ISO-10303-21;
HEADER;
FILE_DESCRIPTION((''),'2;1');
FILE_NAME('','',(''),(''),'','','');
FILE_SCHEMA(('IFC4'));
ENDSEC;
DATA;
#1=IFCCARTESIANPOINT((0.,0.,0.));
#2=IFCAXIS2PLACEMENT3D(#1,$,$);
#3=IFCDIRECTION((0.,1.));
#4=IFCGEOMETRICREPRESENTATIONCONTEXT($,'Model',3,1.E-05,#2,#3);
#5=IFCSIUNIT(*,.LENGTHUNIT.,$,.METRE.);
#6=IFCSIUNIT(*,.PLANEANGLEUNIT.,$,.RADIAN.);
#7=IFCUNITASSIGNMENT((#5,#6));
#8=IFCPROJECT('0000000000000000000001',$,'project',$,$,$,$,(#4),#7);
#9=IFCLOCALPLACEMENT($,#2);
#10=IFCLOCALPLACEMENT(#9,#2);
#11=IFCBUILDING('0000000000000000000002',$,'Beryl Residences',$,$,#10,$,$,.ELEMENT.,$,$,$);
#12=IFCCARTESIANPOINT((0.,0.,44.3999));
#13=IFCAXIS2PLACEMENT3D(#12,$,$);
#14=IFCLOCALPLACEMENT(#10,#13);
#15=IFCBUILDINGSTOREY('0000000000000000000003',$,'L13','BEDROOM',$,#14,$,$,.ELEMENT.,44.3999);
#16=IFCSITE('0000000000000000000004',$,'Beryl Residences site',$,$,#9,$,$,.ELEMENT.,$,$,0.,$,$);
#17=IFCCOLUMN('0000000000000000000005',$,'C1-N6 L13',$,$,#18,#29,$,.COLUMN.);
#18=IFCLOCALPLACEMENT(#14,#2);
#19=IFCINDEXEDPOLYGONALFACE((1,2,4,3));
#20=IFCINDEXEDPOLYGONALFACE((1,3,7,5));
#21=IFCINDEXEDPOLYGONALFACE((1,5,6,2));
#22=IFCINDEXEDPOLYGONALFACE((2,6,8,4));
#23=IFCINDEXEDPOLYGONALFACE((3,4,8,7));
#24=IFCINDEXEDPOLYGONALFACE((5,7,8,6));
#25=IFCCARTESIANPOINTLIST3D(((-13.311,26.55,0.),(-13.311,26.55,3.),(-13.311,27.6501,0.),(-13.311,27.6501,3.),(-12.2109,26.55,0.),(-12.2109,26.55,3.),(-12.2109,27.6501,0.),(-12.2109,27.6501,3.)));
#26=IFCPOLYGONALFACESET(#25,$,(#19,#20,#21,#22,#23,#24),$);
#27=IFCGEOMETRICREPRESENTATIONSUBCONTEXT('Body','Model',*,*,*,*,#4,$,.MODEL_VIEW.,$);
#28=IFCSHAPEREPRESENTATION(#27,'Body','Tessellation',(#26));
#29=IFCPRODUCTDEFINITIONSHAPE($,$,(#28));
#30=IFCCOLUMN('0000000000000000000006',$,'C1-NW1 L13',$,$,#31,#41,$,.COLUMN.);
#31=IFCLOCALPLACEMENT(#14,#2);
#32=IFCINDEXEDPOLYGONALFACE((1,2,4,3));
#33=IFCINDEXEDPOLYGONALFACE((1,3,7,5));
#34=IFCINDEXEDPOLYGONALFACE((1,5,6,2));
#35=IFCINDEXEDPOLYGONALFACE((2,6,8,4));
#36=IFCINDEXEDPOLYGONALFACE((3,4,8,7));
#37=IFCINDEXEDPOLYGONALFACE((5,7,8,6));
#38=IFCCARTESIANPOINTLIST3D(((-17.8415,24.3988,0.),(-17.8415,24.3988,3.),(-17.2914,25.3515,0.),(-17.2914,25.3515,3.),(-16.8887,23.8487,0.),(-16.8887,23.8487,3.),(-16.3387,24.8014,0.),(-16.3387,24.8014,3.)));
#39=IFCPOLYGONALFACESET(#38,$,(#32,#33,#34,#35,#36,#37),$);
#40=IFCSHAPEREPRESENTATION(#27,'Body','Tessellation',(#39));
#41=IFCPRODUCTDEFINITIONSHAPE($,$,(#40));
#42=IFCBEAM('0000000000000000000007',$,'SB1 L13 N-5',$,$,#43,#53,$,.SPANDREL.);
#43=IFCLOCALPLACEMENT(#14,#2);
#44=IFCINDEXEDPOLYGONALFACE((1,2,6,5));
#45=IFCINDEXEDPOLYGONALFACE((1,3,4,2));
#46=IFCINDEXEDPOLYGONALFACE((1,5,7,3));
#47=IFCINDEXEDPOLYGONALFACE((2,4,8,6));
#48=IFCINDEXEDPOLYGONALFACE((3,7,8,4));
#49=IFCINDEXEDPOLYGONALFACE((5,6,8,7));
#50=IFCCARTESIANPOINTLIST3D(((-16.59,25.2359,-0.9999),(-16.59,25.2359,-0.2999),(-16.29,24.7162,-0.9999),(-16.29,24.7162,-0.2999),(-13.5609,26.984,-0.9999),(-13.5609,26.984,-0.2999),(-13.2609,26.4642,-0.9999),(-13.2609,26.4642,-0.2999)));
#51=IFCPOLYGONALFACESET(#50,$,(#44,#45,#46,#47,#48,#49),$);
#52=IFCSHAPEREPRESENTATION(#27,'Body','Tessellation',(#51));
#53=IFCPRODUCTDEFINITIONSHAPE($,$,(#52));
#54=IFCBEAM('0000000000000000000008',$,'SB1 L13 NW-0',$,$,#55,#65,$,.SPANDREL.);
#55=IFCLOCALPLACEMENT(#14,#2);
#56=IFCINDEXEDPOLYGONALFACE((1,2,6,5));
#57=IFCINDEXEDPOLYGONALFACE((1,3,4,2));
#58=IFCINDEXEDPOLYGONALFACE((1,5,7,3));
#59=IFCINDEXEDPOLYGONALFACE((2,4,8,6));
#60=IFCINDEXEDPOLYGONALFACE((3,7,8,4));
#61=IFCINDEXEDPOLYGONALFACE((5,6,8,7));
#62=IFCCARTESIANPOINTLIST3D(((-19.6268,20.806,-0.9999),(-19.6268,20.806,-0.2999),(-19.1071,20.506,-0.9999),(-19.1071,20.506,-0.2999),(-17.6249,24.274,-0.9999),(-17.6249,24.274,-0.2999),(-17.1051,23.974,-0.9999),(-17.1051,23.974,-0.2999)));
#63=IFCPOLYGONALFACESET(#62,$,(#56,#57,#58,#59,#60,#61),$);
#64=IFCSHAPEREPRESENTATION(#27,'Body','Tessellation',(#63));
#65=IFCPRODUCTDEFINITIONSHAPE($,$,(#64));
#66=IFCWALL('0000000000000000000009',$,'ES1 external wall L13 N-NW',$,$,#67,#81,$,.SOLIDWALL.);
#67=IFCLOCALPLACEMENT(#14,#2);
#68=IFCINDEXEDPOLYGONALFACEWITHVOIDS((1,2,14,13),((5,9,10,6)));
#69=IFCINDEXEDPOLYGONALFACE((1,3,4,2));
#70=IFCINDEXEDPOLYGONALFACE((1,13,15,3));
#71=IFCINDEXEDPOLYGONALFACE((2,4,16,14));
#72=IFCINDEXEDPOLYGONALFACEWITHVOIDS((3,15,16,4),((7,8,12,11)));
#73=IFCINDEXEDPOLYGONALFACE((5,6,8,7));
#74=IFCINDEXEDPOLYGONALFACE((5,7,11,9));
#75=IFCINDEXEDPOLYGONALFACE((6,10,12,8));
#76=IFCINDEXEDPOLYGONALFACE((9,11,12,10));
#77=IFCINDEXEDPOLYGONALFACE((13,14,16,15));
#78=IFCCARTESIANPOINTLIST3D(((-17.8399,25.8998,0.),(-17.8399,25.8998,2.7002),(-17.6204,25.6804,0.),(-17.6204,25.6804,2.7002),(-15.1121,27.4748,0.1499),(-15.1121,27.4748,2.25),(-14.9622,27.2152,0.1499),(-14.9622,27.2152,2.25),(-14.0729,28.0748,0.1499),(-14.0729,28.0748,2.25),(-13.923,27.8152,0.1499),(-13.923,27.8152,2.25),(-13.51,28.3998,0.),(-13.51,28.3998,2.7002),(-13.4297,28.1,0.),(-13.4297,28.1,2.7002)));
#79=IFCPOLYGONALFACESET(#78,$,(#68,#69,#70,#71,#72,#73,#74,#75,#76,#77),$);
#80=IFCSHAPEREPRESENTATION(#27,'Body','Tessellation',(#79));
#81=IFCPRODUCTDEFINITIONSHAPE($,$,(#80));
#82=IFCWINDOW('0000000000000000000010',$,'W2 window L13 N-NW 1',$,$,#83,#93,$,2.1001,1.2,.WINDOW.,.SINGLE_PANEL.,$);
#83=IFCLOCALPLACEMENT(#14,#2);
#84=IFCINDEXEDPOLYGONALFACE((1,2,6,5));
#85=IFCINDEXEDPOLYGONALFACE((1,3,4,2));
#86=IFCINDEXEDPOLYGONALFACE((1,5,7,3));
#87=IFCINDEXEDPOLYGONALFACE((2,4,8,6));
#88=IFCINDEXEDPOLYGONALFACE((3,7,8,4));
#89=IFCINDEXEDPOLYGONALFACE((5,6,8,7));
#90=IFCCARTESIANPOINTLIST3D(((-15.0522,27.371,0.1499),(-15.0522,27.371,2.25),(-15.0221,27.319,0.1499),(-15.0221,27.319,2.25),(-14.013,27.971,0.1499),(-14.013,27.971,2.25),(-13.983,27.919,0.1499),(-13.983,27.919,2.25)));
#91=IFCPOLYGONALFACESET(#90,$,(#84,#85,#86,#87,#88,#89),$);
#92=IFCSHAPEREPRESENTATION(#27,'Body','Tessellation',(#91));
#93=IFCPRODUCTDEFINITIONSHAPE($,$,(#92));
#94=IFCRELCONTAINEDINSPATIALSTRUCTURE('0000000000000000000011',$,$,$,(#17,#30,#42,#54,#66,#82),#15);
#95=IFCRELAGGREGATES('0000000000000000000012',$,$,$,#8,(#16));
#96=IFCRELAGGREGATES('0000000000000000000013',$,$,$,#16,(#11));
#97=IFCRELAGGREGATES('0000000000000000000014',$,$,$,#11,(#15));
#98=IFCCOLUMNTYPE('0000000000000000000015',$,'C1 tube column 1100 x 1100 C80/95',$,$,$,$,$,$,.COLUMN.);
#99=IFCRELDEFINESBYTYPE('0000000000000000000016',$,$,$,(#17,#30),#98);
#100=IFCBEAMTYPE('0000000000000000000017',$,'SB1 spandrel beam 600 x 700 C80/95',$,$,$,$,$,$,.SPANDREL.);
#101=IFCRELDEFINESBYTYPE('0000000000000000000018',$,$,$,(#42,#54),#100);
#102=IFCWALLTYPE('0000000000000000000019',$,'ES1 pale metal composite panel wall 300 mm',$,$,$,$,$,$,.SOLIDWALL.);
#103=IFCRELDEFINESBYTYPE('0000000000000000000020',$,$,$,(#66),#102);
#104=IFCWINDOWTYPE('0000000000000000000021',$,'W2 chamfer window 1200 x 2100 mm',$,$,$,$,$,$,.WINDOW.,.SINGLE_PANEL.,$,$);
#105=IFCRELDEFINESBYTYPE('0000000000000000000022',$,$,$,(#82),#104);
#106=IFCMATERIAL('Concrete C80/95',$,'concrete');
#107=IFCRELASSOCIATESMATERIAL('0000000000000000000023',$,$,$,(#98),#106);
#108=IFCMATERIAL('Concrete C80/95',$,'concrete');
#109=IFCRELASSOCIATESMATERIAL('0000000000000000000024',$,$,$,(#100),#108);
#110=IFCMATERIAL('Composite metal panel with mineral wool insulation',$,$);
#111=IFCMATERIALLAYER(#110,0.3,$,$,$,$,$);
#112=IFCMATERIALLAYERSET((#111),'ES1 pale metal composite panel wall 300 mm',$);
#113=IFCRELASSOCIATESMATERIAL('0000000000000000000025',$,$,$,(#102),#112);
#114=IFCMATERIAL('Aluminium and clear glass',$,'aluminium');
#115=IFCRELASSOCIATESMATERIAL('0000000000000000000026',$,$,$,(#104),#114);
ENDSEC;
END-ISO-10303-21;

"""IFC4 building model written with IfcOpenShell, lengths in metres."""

from ifc_helpers import new_model, si_unit, direction, frame, frame_2d, origin, origin_2d, place, context, subcontext, project, spatial, polyline, rectangle, outline, extrude, material, layer, layer_set, material_profile, profile_set, type_object, element, fill, save


model = new_model("IFC4")

# Units and contexts
model_context = context("Model", 3, precision=1e-05, world=origin(), true_north=direction((0.0, 1.0)))
body_context = subcontext(model_context, "Body", "Model", "MODEL_VIEW")
ifc_project = project(units=[si_unit("LENGTHUNIT", "METRE"), si_unit("PLANEANGLEUNIT", "RADIAN")], contexts=[model_context])

# Site, building, storey
site_placement = place(None, origin())
site = spatial("IfcSite", under=ifc_project, at=site_placement, Name="Beryl Residences site", CompositionType="ELEMENT", RefElevation=0.0)
building_placement = place(site_placement, origin())
building = spatial("IfcBuilding", under=site, at=building_placement, Name="Beryl Residences", CompositionType="ELEMENT")
storey_placement = place(building_placement, frame((0.0, 0.0, 44.3999)))
storey = spatial("IfcBuildingStorey", under=building, at=storey_placement, Name="L13", Description="BEDROOM", CompositionType="ELEMENT", Elevation=44.3999)

# Columns
ifc_material_1 = material(Name="Concrete C80/95", Category="concrete")
ifc_material_profile_1 = material_profile(ifc_material_1, rectangle(XDim=1.1001, YDim=1.1001, at=origin_2d()))
ifc_profile_set_1 = profile_set([ifc_material_profile_1], Name="Concrete C80/95")
column_type = type_object("IfcColumnType", Name="C1 tube column 1100 x 1100 C80/95", PredefinedType="COLUMN", material=ifc_profile_set_1)
for number, where, z_axis, x_axis, name in (
    (1, (-12.761, 27.1001, 0.0), (0.0, 0.0, 1.0), (-1.0, 0.0, 0.0), "C1-N6 L13"),
    (2, (-17.0901, 24.6001, 0.0), (0.0, 0.0, 1.0), (-0.499985, -0.866034, 0.0), "C1-NW1 L13"),
):
    element("IfcColumn", number, at=place(storey_placement, frame(where, z_axis=z_axis, x_axis=x_axis)), inside=storey, type_object=column_type, Name=name, PredefinedType="COLUMN", context=body_context, shape_type="SweptSolid", body=[
        extrude(rectangle(XDim=1.1001, YDim=1.1001, at=origin_2d()), origin(), (0.0, 0.0, 1.0), 3.0),
    ])

# Beams
ifc_material_2 = material(Name="Concrete C80/95", Category="concrete")
ifc_material_profile_2 = material_profile(ifc_material_2, rectangle(XDim=0.6001, YDim=0.7, at=origin_2d()))
ifc_profile_set_2 = profile_set([ifc_material_profile_2], Name="Concrete C80/95")
beam_type = type_object("IfcBeamType", Name="SB1 spandrel beam 600 x 700 C80/95", PredefinedType="SPANDREL", material=ifc_profile_set_2)
beam_1_placement = place(storey_placement, frame((-13.4109, 26.7241, -0.6499), z_axis=(-0.866122, -0.499833, 0.0), x_axis=(0.499833, -0.866122, 0.0)))
element("IfcBeam", 3, at=beam_1_placement, inside=storey, type_object=beam_type, Name="SB1 L13 N-5", PredefinedType="SPANDREL", context=body_context, shape_type="SweptSolid", body=[
    extrude(rectangle(XDim=0.6001, YDim=0.7, at=origin_2d()), origin(), (0.0, 0.0, 1.0), 3.4973),
])
beam_2_placement = place(storey_placement, frame((-17.365, 24.124, -0.6499), z_axis=(-0.499942, -0.866059, 0.0), x_axis=(0.866059, -0.499942, 0.0)))
element("IfcBeam", 4, at=beam_2_placement, inside=storey, type_object=beam_type, Name="SB1 L13 NW-0", PredefinedType="SPANDREL", context=body_context, shape_type="SweptSolid", body=[
    extrude(rectangle(XDim=0.6001, YDim=0.7, at=origin_2d()), origin(), (0.0, 0.0, 1.0), 4.0044),
])

# Wall, opening, window
ifc_material_3 = material(Name="Composite metal panel with mineral wool insulation")
ifc_layer_1 = layer(ifc_material_3, 0.3)
ifc_layer_set_1 = layer_set([ifc_layer_1], Name="ES1 pale metal composite panel wall 300 mm")
wall_type_1 = type_object("IfcWallType", Name="ES1 pale metal composite panel wall 300 mm", PredefinedType="SOLIDWALL", material=ifc_layer_set_1)
wall_1_placement = place(storey_placement, frame((-13.4351, 28.27, 0.0), z_axis=(0.0, 0.0, 1.0), x_axis=(-0.866011, -0.500025, 0.0)))
wall_1 = element("IfcWall", 5, at=wall_1_placement, inside=storey, type_object=wall_type_1, Name="ES1 external wall L13 N-NW", PredefinedType="SOLIDWALL", context=body_context, shape_type="SweptSolid", body=[
    extrude(outline(polyline([(0.0, -0.1499), (4.9998, -0.1499), (4.9194, 0.1499), (0.0803, 0.1499), (0.0, -0.1499)])), origin(), (0.0, 0.0, 1.0), 2.7002),
])
opening_1_placement = place(wall_1_placement, frame((0.6499, 0.0, 0.1499)))
opening_1 = element("IfcOpeningElement", 6, at=opening_1_placement, cuts=wall_1, PredefinedType="OPENING", context=body_context, shape_type="SweptSolid", body=[
    extrude(rectangle(XDim=1.2, YDim=2.1001, at=frame_2d((0.6001, 1.05))), frame((0.0, 0.1599, 0.0), z_axis=(0.0, -1.0, 0.0), x_axis=(1.0, 0.0, 0.0)), (0.0, 0.0, 1.0), 0.3201),
])
ifc_material_4 = material(Name="Aluminium and clear glass", Category="aluminium")
window_type_1 = type_object("IfcWindowType", Name="W2 chamfer window 1200 x 2100 mm", PartitioningType="SINGLE_PANEL", PredefinedType="WINDOW", material=ifc_material_4)
window_1_placement = place(opening_1_placement, origin())
window_1 = element("IfcWindow", 7, at=window_1_placement, inside=storey, type_object=window_type_1, Name="W2 window L13 N-NW 1", OverallHeight=2.1001, OverallWidth=1.2, PartitioningType="SINGLE_PANEL", PredefinedType="WINDOW", context=body_context, shape_type="SweptSolid", body=[
    extrude(rectangle(XDim=1.2, YDim=2.1001, at=frame_2d((0.6001, 1.05))), frame((0.0, 0.03, 0.0), z_axis=(0.0, -1.0, 0.0), x_axis=(1.0, 0.0, 0.0)), (0.0, 0.0, 1.0), 0.0601),
])
fill(opening_1, window_1)

save(model, "model.ifc")
